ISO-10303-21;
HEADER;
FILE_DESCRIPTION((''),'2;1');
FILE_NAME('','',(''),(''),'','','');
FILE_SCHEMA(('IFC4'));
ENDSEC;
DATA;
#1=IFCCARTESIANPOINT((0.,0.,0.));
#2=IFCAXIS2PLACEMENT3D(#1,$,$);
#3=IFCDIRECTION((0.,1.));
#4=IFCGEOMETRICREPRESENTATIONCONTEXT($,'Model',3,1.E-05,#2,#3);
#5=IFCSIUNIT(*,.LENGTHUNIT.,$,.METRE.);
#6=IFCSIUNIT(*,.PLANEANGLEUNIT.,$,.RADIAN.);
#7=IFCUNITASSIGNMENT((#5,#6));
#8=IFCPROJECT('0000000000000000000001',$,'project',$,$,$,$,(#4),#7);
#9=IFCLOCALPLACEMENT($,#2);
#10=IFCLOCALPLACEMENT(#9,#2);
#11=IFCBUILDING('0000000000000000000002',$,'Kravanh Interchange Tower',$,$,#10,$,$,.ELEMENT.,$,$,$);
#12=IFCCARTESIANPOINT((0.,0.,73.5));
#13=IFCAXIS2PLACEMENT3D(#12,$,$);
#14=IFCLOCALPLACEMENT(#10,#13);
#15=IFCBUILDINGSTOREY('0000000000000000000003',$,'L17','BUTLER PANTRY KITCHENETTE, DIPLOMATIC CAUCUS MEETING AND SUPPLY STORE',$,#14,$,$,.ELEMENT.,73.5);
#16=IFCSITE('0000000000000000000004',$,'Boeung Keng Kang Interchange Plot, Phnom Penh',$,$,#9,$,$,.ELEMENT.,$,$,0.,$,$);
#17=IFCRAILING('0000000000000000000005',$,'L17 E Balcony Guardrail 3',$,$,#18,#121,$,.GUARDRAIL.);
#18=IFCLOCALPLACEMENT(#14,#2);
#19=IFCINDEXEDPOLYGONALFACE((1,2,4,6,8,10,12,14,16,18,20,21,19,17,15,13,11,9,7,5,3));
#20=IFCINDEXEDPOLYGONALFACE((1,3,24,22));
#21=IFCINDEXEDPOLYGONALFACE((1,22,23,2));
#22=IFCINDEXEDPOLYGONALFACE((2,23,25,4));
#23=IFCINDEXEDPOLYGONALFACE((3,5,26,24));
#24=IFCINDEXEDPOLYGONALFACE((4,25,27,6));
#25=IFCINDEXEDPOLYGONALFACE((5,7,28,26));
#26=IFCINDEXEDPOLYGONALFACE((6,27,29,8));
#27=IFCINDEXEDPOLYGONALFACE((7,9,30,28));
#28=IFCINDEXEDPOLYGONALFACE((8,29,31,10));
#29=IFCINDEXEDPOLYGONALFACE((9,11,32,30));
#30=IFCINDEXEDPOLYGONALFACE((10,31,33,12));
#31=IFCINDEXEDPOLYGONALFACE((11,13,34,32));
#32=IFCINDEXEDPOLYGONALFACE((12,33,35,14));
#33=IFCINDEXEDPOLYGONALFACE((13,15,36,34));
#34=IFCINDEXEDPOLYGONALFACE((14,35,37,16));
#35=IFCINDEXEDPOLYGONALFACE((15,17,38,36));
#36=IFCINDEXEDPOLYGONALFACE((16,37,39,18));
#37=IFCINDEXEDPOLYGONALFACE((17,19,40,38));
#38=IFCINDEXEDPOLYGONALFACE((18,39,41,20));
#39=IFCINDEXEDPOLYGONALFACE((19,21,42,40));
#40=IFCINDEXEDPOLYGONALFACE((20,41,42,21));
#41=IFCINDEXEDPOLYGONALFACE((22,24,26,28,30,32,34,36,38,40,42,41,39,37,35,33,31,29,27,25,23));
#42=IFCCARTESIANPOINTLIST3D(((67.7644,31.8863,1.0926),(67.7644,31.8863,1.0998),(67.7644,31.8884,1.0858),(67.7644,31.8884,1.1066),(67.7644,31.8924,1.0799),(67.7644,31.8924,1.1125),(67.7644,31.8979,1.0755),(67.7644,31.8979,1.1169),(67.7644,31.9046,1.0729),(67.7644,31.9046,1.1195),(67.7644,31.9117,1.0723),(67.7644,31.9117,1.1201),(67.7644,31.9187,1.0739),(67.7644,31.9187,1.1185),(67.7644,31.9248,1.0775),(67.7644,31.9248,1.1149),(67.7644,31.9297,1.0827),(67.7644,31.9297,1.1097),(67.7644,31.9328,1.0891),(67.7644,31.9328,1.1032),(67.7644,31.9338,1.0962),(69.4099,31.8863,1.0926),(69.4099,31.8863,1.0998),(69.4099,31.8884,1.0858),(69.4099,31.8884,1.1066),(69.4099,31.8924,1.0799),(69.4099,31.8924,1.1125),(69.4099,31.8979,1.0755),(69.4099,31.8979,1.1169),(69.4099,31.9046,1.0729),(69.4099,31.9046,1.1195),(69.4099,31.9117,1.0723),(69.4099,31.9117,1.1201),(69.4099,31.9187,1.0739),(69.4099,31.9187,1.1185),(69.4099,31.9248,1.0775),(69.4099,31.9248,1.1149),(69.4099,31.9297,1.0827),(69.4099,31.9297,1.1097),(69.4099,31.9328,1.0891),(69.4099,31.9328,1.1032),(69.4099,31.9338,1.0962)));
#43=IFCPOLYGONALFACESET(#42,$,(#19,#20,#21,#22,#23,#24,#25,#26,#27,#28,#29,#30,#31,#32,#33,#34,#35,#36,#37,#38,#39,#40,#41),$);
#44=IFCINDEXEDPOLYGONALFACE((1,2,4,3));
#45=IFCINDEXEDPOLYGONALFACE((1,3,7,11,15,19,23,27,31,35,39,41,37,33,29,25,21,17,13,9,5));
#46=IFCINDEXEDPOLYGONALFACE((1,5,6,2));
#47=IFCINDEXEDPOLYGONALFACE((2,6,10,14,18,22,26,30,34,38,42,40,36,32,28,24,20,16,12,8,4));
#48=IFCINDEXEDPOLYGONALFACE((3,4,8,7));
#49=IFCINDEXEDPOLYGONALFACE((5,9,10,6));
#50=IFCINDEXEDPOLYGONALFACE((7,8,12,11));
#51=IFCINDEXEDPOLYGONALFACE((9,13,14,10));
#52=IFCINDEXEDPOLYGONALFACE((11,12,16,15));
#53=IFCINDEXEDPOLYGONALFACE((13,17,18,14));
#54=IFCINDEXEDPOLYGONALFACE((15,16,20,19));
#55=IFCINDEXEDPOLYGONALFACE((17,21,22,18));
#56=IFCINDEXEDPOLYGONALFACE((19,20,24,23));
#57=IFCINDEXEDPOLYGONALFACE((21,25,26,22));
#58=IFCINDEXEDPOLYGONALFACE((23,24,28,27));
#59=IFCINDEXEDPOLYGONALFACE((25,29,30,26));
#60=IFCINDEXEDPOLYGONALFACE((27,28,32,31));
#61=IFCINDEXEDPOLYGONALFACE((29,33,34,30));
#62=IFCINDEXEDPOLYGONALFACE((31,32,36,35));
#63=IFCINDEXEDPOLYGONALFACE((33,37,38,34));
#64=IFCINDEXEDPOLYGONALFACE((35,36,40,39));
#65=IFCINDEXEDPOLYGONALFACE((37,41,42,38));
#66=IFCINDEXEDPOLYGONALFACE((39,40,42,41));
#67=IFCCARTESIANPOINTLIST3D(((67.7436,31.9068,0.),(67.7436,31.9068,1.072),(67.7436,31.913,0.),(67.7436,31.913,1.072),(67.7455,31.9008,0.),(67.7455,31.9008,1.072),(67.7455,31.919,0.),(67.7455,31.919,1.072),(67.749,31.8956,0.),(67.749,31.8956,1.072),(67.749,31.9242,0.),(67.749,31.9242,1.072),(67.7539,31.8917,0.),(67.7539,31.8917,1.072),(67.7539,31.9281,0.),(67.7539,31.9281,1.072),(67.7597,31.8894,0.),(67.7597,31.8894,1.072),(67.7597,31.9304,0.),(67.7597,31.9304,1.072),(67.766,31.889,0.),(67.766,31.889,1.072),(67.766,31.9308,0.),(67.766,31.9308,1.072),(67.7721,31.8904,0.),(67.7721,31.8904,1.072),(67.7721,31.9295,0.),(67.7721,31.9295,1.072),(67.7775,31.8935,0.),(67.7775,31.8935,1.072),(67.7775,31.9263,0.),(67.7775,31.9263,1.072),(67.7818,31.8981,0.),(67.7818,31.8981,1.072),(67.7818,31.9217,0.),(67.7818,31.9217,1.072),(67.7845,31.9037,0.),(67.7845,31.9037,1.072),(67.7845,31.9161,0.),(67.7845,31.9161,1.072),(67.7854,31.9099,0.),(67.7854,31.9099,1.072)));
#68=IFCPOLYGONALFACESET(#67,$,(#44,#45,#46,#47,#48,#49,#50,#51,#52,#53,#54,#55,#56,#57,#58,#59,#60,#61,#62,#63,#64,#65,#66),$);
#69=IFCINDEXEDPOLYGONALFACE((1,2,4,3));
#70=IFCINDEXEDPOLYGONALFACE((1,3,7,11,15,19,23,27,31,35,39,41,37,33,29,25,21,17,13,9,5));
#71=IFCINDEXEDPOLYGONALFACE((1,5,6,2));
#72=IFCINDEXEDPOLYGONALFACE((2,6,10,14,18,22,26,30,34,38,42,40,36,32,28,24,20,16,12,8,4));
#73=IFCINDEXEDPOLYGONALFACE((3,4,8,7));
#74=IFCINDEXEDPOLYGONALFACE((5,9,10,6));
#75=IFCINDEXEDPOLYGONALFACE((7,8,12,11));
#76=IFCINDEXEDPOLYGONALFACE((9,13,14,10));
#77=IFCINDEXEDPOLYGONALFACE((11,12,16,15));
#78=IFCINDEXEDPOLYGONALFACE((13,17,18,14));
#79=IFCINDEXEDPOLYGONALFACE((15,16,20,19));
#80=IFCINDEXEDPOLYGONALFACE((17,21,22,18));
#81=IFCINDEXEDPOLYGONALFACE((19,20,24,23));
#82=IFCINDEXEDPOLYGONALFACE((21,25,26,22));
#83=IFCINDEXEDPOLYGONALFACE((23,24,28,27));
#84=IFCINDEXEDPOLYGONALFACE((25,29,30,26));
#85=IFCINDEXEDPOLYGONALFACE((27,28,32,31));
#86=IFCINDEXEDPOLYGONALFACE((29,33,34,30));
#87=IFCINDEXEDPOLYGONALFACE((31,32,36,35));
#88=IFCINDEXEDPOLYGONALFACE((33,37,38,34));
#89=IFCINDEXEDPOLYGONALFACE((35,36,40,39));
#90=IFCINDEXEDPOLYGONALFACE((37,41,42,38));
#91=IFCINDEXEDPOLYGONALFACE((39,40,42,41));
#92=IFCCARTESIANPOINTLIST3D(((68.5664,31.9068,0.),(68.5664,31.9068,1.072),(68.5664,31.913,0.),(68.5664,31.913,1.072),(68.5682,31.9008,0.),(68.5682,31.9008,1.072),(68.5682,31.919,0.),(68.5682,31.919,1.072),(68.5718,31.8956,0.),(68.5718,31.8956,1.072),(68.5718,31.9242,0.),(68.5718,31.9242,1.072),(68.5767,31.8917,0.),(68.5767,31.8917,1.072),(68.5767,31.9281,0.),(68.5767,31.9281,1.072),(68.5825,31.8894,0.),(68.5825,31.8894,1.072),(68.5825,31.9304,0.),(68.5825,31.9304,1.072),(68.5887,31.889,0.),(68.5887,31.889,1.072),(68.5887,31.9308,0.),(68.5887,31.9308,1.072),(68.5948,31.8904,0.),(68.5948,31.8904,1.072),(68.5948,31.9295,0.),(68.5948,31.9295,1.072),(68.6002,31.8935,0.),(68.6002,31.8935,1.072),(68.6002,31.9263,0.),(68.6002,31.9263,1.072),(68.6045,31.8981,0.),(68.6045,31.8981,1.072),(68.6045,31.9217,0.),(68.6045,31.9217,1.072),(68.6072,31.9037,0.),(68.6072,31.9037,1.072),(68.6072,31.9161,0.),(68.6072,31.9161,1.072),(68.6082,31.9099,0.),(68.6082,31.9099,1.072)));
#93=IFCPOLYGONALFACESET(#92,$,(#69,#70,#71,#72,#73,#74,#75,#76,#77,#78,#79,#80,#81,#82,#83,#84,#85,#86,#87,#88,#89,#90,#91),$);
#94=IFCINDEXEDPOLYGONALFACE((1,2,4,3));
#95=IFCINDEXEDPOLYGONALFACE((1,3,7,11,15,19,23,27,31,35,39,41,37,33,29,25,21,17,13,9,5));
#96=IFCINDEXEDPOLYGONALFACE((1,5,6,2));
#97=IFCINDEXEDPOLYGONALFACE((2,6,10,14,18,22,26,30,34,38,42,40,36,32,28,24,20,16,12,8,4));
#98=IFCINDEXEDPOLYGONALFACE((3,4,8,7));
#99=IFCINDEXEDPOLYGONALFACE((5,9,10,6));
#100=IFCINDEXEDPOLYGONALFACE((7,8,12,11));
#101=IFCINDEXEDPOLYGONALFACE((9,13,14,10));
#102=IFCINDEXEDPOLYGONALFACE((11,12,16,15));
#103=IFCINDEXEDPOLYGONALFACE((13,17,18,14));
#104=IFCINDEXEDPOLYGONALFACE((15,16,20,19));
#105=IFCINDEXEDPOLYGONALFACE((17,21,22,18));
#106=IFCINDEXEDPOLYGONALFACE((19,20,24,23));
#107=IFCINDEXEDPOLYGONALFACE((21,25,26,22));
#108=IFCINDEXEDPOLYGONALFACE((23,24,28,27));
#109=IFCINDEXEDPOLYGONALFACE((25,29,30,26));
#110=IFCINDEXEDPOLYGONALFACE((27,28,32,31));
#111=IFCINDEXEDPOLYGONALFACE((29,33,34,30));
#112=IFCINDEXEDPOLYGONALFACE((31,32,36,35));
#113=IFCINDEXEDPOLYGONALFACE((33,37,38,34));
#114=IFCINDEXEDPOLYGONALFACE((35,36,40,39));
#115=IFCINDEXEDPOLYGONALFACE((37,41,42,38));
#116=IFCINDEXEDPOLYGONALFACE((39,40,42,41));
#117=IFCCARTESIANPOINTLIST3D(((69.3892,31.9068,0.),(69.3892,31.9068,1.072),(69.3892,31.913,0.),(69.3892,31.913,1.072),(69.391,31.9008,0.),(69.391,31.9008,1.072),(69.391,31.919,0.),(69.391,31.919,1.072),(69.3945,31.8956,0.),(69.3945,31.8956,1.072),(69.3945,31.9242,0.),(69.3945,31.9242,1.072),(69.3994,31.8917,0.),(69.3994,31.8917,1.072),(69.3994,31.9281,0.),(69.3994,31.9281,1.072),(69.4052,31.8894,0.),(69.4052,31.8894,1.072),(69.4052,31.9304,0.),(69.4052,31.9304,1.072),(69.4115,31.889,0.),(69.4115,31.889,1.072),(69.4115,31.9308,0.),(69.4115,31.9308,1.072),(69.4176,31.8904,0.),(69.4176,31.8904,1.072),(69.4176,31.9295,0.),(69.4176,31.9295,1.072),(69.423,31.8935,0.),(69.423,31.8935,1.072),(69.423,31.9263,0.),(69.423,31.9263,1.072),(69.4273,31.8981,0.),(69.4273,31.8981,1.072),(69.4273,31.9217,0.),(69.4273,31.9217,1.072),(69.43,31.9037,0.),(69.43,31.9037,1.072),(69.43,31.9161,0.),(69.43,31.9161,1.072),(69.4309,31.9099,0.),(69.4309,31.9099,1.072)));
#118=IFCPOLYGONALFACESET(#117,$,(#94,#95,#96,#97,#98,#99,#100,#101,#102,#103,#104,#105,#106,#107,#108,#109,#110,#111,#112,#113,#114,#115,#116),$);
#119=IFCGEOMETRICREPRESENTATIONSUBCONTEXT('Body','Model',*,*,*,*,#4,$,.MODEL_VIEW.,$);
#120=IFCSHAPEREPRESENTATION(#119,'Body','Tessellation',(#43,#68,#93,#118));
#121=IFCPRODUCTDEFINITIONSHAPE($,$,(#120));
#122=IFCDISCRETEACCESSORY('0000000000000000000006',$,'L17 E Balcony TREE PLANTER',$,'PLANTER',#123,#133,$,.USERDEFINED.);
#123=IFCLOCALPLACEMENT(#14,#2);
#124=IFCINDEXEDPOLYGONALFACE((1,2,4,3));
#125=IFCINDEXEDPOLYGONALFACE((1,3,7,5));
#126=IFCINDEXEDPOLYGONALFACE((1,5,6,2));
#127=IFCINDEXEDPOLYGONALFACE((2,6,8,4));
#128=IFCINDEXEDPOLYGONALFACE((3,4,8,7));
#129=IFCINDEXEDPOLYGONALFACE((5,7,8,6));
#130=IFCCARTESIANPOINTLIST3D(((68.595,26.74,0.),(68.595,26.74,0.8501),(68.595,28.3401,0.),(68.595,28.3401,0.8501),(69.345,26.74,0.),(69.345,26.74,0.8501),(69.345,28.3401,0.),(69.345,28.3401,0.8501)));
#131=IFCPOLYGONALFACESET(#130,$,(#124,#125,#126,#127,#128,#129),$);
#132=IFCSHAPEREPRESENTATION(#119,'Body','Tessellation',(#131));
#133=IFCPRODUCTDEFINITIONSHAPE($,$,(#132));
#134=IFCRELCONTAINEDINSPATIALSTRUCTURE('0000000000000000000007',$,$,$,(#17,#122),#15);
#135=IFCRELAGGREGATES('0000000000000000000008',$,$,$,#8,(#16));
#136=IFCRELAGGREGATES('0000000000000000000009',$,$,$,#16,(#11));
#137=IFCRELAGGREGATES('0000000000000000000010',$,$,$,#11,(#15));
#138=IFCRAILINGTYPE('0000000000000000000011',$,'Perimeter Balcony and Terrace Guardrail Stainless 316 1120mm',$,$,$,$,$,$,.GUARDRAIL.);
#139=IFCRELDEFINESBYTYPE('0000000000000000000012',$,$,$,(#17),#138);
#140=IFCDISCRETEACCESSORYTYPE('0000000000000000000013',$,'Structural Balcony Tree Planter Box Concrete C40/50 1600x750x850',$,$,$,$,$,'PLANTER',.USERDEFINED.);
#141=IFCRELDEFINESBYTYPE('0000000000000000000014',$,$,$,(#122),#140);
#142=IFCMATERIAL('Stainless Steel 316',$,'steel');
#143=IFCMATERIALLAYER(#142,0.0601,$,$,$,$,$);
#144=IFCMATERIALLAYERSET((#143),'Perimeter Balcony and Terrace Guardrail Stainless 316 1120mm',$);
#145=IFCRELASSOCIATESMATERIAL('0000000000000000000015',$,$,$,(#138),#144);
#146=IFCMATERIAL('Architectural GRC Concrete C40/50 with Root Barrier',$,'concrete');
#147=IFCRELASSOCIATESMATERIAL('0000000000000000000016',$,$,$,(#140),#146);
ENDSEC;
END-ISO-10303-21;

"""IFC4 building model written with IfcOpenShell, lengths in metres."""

from ifc_helpers import new_model, si_unit, direction, frame, origin, origin_2d, place, context, subcontext, project, spatial, rectangle, circle, extrude, material, layer, layer_set, type_object, element, save


model = new_model("IFC4")

# Units and contexts
model_context = context("Model", 3, precision=1e-05, world=origin(), true_north=direction((0.0, 1.0)))
body_context = subcontext(model_context, "Body", "Model", "MODEL_VIEW")
ifc_project = project(units=[si_unit("LENGTHUNIT", "METRE"), si_unit("PLANEANGLEUNIT", "RADIAN")], contexts=[model_context])

# Site, building, storey
site_placement = place(None, origin())
site = spatial("IfcSite", under=ifc_project, at=site_placement, Name="Boeung Keng Kang Interchange Plot, Phnom Penh", CompositionType="ELEMENT", RefElevation=0.0)
building_placement = place(site_placement, origin())
building = spatial("IfcBuilding", under=site, at=building_placement, Name="Kravanh Interchange Tower", CompositionType="ELEMENT")
storey_placement = place(building_placement, frame((0.0, 0.0, 73.5)))
storey = spatial("IfcBuildingStorey", under=building, at=storey_placement, Name="L17", Description="BUTLER PANTRY KITCHENETTE, DIPLOMATIC CAUCUS MEETING AND SUPPLY STORE", CompositionType="ELEMENT", Elevation=73.5)

# Railing
ifc_material_1 = material(Name="Stainless Steel 316", Category="steel")
ifc_layer_1 = layer(ifc_material_1, 0.0601)
ifc_layer_set_1 = layer_set([ifc_layer_1], Name="Perimeter Balcony and Terrace Guardrail Stainless 316 1120mm")
railing_type = type_object("IfcRailingType", Name="Perimeter Balcony and Terrace Guardrail Stainless 316 1120mm", PredefinedType="GUARDRAIL", material=ifc_layer_set_1)
railing_1_placement = place(storey_placement, frame((67.7644, 31.9099, 0.0)))
element("IfcRailing", 1, at=railing_1_placement, inside=storey, type_object=railing_type, Name="L17 E Balcony Guardrail 3", PredefinedType="GUARDRAIL", context=body_context, shape_type="SweptSolid", body=[
    extrude(circle(Radius=0.0239, at=origin_2d()), frame((0.0, 0.0, 1.0962), z_axis=(1.0, 0.0, 0.0), x_axis=(0.0, 1.0, 0.0)), (0.0, 0.0, 1.0), 1.6455),
    extrude(circle(Radius=0.021, at=origin_2d()), origin(), (0.0, 0.0, 1.0), 1.072),
    extrude(circle(Radius=0.021, at=origin_2d()), frame((0.8228, 0.0, 0.0)), (0.0, 0.0, 1.0), 1.072),
    extrude(circle(Radius=0.021, at=origin_2d()), frame((1.6455, 0.0, 0.0)), (0.0, 0.0, 1.0), 1.072),
])

# Discrete accessory
ifc_material_2 = material(Name="Architectural GRC Concrete C40/50 with Root Barrier", Category="concrete")
discrete_accessory_type = type_object("IfcDiscreteAccessoryType", Name="Structural Balcony Tree Planter Box Concrete C40/50 1600x750x850", ElementType="PLANTER", PredefinedType="USERDEFINED", material=ifc_material_2)
discrete_accessory_placement = place(storey_placement, frame((68.97, 27.54, 0.0), z_axis=(0.0, 0.0, 1.0), x_axis=(1.0, 0.0, 0.0)))
element("IfcDiscreteAccessory", 2, at=discrete_accessory_placement, inside=storey, type_object=discrete_accessory_type, Name="L17 E Balcony TREE PLANTER", ObjectType="PLANTER", PredefinedType="USERDEFINED", context=body_context, shape_type="SweptSolid", body=[
    extrude(rectangle(XDim=0.75, YDim=1.6001, at=origin_2d()), origin(), (0.0, 0.0, 1.0), 0.8501),
])

save(model, "model.ifc")
